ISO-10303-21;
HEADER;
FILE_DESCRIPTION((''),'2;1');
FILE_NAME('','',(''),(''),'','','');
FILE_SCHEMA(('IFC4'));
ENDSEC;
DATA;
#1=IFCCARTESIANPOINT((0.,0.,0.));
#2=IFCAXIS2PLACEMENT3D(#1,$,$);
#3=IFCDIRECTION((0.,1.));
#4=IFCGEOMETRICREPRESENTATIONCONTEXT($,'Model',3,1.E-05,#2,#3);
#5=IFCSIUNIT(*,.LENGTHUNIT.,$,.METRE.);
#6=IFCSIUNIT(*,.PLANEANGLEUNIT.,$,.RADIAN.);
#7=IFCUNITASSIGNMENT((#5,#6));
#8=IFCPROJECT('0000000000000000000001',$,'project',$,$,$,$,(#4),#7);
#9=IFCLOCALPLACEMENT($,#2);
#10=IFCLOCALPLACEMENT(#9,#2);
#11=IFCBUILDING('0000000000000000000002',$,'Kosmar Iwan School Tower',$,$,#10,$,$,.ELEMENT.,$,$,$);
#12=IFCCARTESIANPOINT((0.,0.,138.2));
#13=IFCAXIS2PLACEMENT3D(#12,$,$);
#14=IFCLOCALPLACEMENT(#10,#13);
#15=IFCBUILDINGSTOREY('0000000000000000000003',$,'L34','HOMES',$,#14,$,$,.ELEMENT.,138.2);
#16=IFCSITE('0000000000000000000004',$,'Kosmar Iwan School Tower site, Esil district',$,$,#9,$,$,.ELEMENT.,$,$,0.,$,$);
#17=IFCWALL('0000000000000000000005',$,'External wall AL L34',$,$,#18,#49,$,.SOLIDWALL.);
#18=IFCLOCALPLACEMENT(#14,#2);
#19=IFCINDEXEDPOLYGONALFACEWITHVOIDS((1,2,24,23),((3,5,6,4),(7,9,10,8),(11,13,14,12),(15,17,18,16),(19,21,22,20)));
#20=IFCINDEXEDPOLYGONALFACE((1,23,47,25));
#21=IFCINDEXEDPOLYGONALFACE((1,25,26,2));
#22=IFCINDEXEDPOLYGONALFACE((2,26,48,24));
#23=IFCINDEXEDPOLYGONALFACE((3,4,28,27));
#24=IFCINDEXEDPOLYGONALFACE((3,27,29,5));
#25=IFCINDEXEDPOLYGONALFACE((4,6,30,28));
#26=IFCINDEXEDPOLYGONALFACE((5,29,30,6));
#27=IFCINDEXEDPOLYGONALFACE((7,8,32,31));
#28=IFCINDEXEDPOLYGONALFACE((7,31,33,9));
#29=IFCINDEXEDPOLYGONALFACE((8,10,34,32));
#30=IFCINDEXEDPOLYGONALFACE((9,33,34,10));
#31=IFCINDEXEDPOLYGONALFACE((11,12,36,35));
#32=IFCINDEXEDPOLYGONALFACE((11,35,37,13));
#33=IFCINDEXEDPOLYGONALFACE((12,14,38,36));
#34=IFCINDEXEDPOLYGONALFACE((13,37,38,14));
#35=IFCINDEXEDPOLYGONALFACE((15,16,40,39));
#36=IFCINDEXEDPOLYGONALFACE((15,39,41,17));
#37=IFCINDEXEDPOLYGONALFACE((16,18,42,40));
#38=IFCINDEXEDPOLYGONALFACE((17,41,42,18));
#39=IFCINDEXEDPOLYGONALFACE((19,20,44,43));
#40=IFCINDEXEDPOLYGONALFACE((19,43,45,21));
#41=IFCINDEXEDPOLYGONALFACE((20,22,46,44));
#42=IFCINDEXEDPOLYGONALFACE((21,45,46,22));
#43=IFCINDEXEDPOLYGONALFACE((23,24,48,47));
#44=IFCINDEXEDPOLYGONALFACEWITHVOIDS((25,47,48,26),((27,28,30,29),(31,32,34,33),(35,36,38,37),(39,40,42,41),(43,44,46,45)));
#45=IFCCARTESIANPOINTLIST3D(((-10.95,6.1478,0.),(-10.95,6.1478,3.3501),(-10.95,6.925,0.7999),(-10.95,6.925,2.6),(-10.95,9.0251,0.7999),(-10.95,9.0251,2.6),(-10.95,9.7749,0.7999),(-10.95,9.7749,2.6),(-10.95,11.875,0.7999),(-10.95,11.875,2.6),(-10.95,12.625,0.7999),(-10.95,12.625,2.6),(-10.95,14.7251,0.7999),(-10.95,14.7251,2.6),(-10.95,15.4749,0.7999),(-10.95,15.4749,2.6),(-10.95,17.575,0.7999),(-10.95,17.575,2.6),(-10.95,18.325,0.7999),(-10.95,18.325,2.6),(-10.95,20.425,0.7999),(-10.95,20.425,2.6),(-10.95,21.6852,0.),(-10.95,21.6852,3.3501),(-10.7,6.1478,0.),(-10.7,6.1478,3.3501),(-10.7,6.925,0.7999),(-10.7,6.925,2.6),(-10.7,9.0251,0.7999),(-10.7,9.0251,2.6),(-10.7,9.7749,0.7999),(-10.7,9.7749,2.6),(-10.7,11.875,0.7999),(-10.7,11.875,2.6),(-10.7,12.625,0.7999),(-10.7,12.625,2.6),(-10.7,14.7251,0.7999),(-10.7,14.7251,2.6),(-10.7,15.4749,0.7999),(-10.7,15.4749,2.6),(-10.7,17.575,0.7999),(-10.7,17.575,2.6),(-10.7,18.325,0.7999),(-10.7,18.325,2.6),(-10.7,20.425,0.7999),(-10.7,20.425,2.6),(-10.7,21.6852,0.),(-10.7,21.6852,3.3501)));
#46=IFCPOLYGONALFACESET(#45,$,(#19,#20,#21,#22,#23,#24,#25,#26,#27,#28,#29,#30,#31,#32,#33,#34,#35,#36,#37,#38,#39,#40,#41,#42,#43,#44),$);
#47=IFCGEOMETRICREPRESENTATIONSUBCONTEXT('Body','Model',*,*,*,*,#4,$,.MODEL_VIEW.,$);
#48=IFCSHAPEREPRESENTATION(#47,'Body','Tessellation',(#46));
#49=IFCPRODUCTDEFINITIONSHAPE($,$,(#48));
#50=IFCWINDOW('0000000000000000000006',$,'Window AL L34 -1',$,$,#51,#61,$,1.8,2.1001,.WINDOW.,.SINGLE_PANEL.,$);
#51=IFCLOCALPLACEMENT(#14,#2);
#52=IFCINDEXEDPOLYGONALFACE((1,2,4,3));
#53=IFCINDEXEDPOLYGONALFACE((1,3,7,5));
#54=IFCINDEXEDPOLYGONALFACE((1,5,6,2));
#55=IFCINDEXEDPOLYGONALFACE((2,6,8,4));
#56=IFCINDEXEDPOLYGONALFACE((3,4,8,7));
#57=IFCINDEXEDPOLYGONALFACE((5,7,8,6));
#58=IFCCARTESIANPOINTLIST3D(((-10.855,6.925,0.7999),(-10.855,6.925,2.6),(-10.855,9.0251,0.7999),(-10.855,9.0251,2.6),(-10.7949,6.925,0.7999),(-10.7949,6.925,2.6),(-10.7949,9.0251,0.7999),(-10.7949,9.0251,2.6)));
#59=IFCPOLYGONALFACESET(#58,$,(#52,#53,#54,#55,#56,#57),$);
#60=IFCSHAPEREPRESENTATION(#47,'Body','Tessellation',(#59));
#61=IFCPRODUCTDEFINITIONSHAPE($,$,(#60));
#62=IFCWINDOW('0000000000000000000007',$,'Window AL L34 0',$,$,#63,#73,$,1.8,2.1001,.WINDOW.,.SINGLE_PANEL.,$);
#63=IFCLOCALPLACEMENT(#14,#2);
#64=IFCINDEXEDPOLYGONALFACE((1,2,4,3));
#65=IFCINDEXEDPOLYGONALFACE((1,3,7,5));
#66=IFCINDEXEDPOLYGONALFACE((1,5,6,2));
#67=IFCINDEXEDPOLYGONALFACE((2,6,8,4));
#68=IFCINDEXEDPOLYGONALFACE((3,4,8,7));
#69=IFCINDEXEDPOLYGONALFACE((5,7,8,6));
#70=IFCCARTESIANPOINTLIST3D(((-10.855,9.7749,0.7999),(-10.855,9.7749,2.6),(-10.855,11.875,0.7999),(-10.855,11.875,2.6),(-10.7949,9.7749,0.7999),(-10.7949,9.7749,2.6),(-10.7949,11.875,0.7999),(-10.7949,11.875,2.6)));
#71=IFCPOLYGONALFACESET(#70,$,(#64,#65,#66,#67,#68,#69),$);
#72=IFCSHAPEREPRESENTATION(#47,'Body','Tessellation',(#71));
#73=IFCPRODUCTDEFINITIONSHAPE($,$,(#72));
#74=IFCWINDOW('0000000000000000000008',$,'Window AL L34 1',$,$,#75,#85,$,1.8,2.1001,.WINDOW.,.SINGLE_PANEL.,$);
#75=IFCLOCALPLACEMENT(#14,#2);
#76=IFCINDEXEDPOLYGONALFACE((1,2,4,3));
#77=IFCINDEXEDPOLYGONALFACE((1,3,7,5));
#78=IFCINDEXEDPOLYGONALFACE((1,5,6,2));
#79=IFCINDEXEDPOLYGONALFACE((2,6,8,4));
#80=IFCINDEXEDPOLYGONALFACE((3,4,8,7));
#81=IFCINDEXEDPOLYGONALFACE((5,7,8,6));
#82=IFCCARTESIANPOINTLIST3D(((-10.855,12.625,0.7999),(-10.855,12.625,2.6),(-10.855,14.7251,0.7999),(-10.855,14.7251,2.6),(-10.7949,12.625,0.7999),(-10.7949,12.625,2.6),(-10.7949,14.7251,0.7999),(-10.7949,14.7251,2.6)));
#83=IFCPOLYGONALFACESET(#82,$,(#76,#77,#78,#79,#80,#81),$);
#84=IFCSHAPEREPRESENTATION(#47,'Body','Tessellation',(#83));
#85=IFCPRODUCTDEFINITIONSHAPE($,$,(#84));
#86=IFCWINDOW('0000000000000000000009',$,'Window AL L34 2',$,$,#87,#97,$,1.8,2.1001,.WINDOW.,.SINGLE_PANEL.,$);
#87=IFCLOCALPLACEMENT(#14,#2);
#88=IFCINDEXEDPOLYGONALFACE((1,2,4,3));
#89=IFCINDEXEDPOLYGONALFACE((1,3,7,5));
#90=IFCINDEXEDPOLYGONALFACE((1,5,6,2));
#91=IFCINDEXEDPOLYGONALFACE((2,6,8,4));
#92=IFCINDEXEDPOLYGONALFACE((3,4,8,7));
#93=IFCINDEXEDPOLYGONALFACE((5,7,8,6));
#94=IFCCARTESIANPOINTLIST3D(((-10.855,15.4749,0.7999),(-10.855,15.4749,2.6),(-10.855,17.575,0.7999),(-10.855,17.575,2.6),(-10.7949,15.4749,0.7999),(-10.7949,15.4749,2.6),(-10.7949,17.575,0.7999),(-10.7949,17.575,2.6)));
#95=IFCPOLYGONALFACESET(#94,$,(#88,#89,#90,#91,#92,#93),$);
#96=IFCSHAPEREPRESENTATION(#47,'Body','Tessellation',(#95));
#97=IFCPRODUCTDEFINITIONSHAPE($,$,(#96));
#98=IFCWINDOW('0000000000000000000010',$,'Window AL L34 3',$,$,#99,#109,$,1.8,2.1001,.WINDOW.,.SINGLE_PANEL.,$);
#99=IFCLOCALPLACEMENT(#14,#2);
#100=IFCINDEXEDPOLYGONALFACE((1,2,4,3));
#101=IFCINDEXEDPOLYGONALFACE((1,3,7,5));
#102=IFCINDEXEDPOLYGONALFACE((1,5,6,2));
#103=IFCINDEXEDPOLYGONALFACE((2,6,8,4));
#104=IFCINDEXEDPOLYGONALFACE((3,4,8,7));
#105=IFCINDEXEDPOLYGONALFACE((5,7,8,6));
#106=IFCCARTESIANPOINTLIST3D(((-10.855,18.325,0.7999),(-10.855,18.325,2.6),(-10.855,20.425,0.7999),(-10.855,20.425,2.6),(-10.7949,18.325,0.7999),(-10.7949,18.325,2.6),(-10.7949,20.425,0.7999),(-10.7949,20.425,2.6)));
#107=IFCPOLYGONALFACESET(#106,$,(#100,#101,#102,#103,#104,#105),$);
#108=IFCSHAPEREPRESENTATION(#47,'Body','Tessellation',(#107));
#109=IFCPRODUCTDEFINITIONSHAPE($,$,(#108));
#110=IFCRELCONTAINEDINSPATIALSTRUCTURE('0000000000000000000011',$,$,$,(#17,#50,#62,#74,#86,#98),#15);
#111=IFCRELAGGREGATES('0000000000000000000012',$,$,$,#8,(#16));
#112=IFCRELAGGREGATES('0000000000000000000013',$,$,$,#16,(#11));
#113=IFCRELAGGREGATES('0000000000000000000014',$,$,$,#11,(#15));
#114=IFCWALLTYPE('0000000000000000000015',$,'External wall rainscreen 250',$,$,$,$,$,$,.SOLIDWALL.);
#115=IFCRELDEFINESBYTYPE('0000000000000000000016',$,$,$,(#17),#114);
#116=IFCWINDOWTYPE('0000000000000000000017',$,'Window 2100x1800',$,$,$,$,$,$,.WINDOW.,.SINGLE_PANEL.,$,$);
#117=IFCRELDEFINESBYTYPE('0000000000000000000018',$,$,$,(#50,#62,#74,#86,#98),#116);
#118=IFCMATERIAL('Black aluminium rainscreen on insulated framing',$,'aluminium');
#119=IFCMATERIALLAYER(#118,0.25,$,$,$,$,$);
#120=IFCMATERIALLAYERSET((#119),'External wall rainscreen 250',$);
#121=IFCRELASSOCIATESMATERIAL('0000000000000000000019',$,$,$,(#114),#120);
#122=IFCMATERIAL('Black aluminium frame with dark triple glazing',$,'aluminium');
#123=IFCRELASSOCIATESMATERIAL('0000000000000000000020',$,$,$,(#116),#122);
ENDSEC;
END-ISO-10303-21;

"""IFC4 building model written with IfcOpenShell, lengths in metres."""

from ifc_helpers import new_model, si_unit, direction, frame, frame_2d, origin, place, context, subcontext, project, spatial, rectangle, extrude, material, layer, layer_set, type_object, element, fill, save


model = new_model("IFC4")

# Units and contexts
model_context = context("Model", 3, precision=1e-05, world=origin(), true_north=direction((0.0, 1.0)))
body_context = subcontext(model_context, "Body", "Model", "MODEL_VIEW")
ifc_project = project(units=[si_unit("LENGTHUNIT", "METRE"), si_unit("PLANEANGLEUNIT", "RADIAN")], contexts=[model_context])

# Site, building, storey
site_placement = place(None, origin())
site = spatial("IfcSite", under=ifc_project, at=site_placement, Name="Kosmar Iwan School Tower site, Esil district", CompositionType="ELEMENT", RefElevation=0.0)
building_placement = place(site_placement, origin())
building = spatial("IfcBuilding", under=site, at=building_placement, Name="Kosmar Iwan School Tower", CompositionType="ELEMENT")
storey_placement = place(building_placement, frame((0.0, 0.0, 138.2)))
storey = spatial("IfcBuildingStorey", under=building, at=storey_placement, Name="L34", Description="HOMES", CompositionType="ELEMENT", Elevation=138.2)

# Wall, openings, windows
ifc_material_1 = material(Name="Black aluminium rainscreen on insulated framing", Category="aluminium")
ifc_layer = layer(ifc_material_1, 0.25)
ifc_layer_set = layer_set([ifc_layer], Name="External wall rainscreen 250")
wall_type = type_object("IfcWallType", Name="External wall rainscreen 250", PredefinedType="SOLIDWALL", material=ifc_layer_set)
wall_1_placement = place(storey_placement, frame((-10.825, 6.1479, 0.0), z_axis=(0.0, 0.0, 1.0), x_axis=(0.0, 1.0, 0.0)))
wall_1 = element("IfcWall", 1, at=wall_1_placement, inside=storey, type_object=wall_type, Name="External wall AL L34", PredefinedType="SOLIDWALL", context=body_context, shape_type="SweptSolid", body=[
    extrude(rectangle(XDim=15.5374, YDim=0.25, at=frame_2d((7.7686, 0.0))), origin(), (0.0, 0.0, 1.0), 3.3501),
])
opening_1_placement = place(wall_1_placement, frame((0.7771, 0.0, 0.8)))
opening_1 = element("IfcOpeningElement", 2, at=opening_1_placement, cuts=wall_1, PredefinedType="OPENING", context=body_context, shape_type="SweptSolid", body=[
    extrude(rectangle(XDim=2.1001, YDim=1.8, at=frame_2d((1.05, 0.8999))), frame((0.0, 0.137, 0.0), z_axis=(0.0, -1.0, 0.0), x_axis=(1.0, 0.0, 0.0)), (0.0, 0.0, 1.0), 0.2739),
])
opening_2_placement = place(wall_1_placement, frame((3.627, 0.0, 0.8)))
opening_2 = element("IfcOpeningElement", 3, at=opening_2_placement, cuts=wall_1, PredefinedType="OPENING", context=body_context, shape_type="SweptSolid", body=[
    extrude(rectangle(XDim=2.1001, YDim=1.8, at=frame_2d((1.05, 0.8999))), frame((0.0, 0.137, 0.0), z_axis=(0.0, -1.0, 0.0), x_axis=(1.0, 0.0, 0.0)), (0.0, 0.0, 1.0), 0.2739),
])
opening_3_placement = place(wall_1_placement, frame((6.4771, 0.0, 0.8)))
opening_3 = element("IfcOpeningElement", 4, at=opening_3_placement, cuts=wall_1, PredefinedType="OPENING", context=body_context, shape_type="SweptSolid", body=[
    extrude(rectangle(XDim=2.1001, YDim=1.8, at=frame_2d((1.05, 0.8999))), frame((0.0, 0.137, 0.0), z_axis=(0.0, -1.0, 0.0), x_axis=(1.0, 0.0, 0.0)), (0.0, 0.0, 1.0), 0.2739),
])
opening_4_placement = place(wall_1_placement, frame((9.3269, 0.0, 0.8)))
opening_4 = element("IfcOpeningElement", 5, at=opening_4_placement, cuts=wall_1, PredefinedType="OPENING", context=body_context, shape_type="SweptSolid", body=[
    extrude(rectangle(XDim=2.1001, YDim=1.8, at=frame_2d((1.05, 0.8999))), frame((0.0, 0.137, 0.0), z_axis=(0.0, -1.0, 0.0), x_axis=(1.0, 0.0, 0.0)), (0.0, 0.0, 1.0), 0.2739),
])
opening_5_placement = place(wall_1_placement, frame((12.177, 0.0, 0.8)))
opening_5 = element("IfcOpeningElement", 6, at=opening_5_placement, cuts=wall_1, PredefinedType="OPENING", context=body_context, shape_type="SweptSolid", body=[
    extrude(rectangle(XDim=2.1001, YDim=1.8, at=frame_2d((1.05, 0.8999))), frame((0.0, 0.137, 0.0), z_axis=(0.0, -1.0, 0.0), x_axis=(1.0, 0.0, 0.0)), (0.0, 0.0, 1.0), 0.2739),
])
ifc_material_2 = material(Name="Black aluminium frame with dark triple glazing", Category="aluminium")
window_type = type_object("IfcWindowType", Name="Window 2100x1800", PartitioningType="SINGLE_PANEL", PredefinedType="WINDOW", material=ifc_material_2)
window_1_placement = place(opening_1_placement, origin())
window_1 = element("IfcWindow", 7, at=window_1_placement, inside=storey, type_object=window_type, Name="Window AL L34 -1", OverallHeight=1.8, OverallWidth=2.1001, PartitioningType="SINGLE_PANEL", PredefinedType="WINDOW", context=body_context, shape_type="SweptSolid", body=[
    extrude(rectangle(XDim=2.1001, YDim=1.8, at=frame_2d((1.05, 0.8999))), frame((0.0, 0.03, 0.0), z_axis=(0.0, -1.0, 0.0), x_axis=(1.0, 0.0, 0.0)), (0.0, 0.0, 1.0), 0.0601),
])
fill(opening_1, window_1)
window_2_placement = place(opening_2_placement, origin())
window_2 = element("IfcWindow", 8, at=window_2_placement, inside=storey, type_object=window_type, Name="Window AL L34 0", OverallHeight=1.8, OverallWidth=2.1001, PartitioningType="SINGLE_PANEL", PredefinedType="WINDOW", context=body_context, shape_type="SweptSolid", body=[
    extrude(rectangle(XDim=2.1001, YDim=1.8, at=frame_2d((1.05, 0.8999))), frame((0.0, 0.03, 0.0), z_axis=(0.0, -1.0, 0.0), x_axis=(1.0, 0.0, 0.0)), (0.0, 0.0, 1.0), 0.0601),
])
fill(opening_2, window_2)
window_3_placement = place(opening_3_placement, origin())
window_3 = element("IfcWindow", 9, at=window_3_placement, inside=storey, type_object=window_type, Name="Window AL L34 1", OverallHeight=1.8, OverallWidth=2.1001, PartitioningType="SINGLE_PANEL", PredefinedType="WINDOW", context=body_context, shape_type="SweptSolid", body=[
    extrude(rectangle(XDim=2.1001, YDim=1.8, at=frame_2d((1.05, 0.8999))), frame((0.0, 0.03, 0.0), z_axis=(0.0, -1.0, 0.0), x_axis=(1.0, 0.0, 0.0)), (0.0, 0.0, 1.0), 0.0601),
])
fill(opening_3, window_3)
window_4_placement = place(opening_4_placement, origin())
window_4 = element("IfcWindow", 10, at=window_4_placement, inside=storey, type_object=window_type, Name="Window AL L34 2", OverallHeight=1.8, OverallWidth=2.1001, PartitioningType="SINGLE_PANEL", PredefinedType="WINDOW", context=body_context, shape_type="SweptSolid", body=[
    extrude(rectangle(XDim=2.1001, YDim=1.8, at=frame_2d((1.05, 0.8999))), frame((0.0, 0.03, 0.0), z_axis=(0.0, -1.0, 0.0), x_axis=(1.0, 0.0, 0.0)), (0.0, 0.0, 1.0), 0.0601),
])
fill(opening_4, window_4)
window_5_placement = place(opening_5_placement, origin())
window_5 = element("IfcWindow", 11, at=window_5_placement, inside=storey, type_object=window_type, Name="Window AL L34 3", OverallHeight=1.8, OverallWidth=2.1001, PartitioningType="SINGLE_PANEL", PredefinedType="WINDOW", context=body_context, shape_type="SweptSolid", body=[
    extrude(rectangle(XDim=2.1001, YDim=1.8, at=frame_2d((1.05, 0.8999))), frame((0.0, 0.03, 0.0), z_axis=(0.0, -1.0, 0.0), x_axis=(1.0, 0.0, 0.0)), (0.0, 0.0, 1.0), 0.0601),
])
fill(opening_5, window_5)

save(model, "model.ifc")
